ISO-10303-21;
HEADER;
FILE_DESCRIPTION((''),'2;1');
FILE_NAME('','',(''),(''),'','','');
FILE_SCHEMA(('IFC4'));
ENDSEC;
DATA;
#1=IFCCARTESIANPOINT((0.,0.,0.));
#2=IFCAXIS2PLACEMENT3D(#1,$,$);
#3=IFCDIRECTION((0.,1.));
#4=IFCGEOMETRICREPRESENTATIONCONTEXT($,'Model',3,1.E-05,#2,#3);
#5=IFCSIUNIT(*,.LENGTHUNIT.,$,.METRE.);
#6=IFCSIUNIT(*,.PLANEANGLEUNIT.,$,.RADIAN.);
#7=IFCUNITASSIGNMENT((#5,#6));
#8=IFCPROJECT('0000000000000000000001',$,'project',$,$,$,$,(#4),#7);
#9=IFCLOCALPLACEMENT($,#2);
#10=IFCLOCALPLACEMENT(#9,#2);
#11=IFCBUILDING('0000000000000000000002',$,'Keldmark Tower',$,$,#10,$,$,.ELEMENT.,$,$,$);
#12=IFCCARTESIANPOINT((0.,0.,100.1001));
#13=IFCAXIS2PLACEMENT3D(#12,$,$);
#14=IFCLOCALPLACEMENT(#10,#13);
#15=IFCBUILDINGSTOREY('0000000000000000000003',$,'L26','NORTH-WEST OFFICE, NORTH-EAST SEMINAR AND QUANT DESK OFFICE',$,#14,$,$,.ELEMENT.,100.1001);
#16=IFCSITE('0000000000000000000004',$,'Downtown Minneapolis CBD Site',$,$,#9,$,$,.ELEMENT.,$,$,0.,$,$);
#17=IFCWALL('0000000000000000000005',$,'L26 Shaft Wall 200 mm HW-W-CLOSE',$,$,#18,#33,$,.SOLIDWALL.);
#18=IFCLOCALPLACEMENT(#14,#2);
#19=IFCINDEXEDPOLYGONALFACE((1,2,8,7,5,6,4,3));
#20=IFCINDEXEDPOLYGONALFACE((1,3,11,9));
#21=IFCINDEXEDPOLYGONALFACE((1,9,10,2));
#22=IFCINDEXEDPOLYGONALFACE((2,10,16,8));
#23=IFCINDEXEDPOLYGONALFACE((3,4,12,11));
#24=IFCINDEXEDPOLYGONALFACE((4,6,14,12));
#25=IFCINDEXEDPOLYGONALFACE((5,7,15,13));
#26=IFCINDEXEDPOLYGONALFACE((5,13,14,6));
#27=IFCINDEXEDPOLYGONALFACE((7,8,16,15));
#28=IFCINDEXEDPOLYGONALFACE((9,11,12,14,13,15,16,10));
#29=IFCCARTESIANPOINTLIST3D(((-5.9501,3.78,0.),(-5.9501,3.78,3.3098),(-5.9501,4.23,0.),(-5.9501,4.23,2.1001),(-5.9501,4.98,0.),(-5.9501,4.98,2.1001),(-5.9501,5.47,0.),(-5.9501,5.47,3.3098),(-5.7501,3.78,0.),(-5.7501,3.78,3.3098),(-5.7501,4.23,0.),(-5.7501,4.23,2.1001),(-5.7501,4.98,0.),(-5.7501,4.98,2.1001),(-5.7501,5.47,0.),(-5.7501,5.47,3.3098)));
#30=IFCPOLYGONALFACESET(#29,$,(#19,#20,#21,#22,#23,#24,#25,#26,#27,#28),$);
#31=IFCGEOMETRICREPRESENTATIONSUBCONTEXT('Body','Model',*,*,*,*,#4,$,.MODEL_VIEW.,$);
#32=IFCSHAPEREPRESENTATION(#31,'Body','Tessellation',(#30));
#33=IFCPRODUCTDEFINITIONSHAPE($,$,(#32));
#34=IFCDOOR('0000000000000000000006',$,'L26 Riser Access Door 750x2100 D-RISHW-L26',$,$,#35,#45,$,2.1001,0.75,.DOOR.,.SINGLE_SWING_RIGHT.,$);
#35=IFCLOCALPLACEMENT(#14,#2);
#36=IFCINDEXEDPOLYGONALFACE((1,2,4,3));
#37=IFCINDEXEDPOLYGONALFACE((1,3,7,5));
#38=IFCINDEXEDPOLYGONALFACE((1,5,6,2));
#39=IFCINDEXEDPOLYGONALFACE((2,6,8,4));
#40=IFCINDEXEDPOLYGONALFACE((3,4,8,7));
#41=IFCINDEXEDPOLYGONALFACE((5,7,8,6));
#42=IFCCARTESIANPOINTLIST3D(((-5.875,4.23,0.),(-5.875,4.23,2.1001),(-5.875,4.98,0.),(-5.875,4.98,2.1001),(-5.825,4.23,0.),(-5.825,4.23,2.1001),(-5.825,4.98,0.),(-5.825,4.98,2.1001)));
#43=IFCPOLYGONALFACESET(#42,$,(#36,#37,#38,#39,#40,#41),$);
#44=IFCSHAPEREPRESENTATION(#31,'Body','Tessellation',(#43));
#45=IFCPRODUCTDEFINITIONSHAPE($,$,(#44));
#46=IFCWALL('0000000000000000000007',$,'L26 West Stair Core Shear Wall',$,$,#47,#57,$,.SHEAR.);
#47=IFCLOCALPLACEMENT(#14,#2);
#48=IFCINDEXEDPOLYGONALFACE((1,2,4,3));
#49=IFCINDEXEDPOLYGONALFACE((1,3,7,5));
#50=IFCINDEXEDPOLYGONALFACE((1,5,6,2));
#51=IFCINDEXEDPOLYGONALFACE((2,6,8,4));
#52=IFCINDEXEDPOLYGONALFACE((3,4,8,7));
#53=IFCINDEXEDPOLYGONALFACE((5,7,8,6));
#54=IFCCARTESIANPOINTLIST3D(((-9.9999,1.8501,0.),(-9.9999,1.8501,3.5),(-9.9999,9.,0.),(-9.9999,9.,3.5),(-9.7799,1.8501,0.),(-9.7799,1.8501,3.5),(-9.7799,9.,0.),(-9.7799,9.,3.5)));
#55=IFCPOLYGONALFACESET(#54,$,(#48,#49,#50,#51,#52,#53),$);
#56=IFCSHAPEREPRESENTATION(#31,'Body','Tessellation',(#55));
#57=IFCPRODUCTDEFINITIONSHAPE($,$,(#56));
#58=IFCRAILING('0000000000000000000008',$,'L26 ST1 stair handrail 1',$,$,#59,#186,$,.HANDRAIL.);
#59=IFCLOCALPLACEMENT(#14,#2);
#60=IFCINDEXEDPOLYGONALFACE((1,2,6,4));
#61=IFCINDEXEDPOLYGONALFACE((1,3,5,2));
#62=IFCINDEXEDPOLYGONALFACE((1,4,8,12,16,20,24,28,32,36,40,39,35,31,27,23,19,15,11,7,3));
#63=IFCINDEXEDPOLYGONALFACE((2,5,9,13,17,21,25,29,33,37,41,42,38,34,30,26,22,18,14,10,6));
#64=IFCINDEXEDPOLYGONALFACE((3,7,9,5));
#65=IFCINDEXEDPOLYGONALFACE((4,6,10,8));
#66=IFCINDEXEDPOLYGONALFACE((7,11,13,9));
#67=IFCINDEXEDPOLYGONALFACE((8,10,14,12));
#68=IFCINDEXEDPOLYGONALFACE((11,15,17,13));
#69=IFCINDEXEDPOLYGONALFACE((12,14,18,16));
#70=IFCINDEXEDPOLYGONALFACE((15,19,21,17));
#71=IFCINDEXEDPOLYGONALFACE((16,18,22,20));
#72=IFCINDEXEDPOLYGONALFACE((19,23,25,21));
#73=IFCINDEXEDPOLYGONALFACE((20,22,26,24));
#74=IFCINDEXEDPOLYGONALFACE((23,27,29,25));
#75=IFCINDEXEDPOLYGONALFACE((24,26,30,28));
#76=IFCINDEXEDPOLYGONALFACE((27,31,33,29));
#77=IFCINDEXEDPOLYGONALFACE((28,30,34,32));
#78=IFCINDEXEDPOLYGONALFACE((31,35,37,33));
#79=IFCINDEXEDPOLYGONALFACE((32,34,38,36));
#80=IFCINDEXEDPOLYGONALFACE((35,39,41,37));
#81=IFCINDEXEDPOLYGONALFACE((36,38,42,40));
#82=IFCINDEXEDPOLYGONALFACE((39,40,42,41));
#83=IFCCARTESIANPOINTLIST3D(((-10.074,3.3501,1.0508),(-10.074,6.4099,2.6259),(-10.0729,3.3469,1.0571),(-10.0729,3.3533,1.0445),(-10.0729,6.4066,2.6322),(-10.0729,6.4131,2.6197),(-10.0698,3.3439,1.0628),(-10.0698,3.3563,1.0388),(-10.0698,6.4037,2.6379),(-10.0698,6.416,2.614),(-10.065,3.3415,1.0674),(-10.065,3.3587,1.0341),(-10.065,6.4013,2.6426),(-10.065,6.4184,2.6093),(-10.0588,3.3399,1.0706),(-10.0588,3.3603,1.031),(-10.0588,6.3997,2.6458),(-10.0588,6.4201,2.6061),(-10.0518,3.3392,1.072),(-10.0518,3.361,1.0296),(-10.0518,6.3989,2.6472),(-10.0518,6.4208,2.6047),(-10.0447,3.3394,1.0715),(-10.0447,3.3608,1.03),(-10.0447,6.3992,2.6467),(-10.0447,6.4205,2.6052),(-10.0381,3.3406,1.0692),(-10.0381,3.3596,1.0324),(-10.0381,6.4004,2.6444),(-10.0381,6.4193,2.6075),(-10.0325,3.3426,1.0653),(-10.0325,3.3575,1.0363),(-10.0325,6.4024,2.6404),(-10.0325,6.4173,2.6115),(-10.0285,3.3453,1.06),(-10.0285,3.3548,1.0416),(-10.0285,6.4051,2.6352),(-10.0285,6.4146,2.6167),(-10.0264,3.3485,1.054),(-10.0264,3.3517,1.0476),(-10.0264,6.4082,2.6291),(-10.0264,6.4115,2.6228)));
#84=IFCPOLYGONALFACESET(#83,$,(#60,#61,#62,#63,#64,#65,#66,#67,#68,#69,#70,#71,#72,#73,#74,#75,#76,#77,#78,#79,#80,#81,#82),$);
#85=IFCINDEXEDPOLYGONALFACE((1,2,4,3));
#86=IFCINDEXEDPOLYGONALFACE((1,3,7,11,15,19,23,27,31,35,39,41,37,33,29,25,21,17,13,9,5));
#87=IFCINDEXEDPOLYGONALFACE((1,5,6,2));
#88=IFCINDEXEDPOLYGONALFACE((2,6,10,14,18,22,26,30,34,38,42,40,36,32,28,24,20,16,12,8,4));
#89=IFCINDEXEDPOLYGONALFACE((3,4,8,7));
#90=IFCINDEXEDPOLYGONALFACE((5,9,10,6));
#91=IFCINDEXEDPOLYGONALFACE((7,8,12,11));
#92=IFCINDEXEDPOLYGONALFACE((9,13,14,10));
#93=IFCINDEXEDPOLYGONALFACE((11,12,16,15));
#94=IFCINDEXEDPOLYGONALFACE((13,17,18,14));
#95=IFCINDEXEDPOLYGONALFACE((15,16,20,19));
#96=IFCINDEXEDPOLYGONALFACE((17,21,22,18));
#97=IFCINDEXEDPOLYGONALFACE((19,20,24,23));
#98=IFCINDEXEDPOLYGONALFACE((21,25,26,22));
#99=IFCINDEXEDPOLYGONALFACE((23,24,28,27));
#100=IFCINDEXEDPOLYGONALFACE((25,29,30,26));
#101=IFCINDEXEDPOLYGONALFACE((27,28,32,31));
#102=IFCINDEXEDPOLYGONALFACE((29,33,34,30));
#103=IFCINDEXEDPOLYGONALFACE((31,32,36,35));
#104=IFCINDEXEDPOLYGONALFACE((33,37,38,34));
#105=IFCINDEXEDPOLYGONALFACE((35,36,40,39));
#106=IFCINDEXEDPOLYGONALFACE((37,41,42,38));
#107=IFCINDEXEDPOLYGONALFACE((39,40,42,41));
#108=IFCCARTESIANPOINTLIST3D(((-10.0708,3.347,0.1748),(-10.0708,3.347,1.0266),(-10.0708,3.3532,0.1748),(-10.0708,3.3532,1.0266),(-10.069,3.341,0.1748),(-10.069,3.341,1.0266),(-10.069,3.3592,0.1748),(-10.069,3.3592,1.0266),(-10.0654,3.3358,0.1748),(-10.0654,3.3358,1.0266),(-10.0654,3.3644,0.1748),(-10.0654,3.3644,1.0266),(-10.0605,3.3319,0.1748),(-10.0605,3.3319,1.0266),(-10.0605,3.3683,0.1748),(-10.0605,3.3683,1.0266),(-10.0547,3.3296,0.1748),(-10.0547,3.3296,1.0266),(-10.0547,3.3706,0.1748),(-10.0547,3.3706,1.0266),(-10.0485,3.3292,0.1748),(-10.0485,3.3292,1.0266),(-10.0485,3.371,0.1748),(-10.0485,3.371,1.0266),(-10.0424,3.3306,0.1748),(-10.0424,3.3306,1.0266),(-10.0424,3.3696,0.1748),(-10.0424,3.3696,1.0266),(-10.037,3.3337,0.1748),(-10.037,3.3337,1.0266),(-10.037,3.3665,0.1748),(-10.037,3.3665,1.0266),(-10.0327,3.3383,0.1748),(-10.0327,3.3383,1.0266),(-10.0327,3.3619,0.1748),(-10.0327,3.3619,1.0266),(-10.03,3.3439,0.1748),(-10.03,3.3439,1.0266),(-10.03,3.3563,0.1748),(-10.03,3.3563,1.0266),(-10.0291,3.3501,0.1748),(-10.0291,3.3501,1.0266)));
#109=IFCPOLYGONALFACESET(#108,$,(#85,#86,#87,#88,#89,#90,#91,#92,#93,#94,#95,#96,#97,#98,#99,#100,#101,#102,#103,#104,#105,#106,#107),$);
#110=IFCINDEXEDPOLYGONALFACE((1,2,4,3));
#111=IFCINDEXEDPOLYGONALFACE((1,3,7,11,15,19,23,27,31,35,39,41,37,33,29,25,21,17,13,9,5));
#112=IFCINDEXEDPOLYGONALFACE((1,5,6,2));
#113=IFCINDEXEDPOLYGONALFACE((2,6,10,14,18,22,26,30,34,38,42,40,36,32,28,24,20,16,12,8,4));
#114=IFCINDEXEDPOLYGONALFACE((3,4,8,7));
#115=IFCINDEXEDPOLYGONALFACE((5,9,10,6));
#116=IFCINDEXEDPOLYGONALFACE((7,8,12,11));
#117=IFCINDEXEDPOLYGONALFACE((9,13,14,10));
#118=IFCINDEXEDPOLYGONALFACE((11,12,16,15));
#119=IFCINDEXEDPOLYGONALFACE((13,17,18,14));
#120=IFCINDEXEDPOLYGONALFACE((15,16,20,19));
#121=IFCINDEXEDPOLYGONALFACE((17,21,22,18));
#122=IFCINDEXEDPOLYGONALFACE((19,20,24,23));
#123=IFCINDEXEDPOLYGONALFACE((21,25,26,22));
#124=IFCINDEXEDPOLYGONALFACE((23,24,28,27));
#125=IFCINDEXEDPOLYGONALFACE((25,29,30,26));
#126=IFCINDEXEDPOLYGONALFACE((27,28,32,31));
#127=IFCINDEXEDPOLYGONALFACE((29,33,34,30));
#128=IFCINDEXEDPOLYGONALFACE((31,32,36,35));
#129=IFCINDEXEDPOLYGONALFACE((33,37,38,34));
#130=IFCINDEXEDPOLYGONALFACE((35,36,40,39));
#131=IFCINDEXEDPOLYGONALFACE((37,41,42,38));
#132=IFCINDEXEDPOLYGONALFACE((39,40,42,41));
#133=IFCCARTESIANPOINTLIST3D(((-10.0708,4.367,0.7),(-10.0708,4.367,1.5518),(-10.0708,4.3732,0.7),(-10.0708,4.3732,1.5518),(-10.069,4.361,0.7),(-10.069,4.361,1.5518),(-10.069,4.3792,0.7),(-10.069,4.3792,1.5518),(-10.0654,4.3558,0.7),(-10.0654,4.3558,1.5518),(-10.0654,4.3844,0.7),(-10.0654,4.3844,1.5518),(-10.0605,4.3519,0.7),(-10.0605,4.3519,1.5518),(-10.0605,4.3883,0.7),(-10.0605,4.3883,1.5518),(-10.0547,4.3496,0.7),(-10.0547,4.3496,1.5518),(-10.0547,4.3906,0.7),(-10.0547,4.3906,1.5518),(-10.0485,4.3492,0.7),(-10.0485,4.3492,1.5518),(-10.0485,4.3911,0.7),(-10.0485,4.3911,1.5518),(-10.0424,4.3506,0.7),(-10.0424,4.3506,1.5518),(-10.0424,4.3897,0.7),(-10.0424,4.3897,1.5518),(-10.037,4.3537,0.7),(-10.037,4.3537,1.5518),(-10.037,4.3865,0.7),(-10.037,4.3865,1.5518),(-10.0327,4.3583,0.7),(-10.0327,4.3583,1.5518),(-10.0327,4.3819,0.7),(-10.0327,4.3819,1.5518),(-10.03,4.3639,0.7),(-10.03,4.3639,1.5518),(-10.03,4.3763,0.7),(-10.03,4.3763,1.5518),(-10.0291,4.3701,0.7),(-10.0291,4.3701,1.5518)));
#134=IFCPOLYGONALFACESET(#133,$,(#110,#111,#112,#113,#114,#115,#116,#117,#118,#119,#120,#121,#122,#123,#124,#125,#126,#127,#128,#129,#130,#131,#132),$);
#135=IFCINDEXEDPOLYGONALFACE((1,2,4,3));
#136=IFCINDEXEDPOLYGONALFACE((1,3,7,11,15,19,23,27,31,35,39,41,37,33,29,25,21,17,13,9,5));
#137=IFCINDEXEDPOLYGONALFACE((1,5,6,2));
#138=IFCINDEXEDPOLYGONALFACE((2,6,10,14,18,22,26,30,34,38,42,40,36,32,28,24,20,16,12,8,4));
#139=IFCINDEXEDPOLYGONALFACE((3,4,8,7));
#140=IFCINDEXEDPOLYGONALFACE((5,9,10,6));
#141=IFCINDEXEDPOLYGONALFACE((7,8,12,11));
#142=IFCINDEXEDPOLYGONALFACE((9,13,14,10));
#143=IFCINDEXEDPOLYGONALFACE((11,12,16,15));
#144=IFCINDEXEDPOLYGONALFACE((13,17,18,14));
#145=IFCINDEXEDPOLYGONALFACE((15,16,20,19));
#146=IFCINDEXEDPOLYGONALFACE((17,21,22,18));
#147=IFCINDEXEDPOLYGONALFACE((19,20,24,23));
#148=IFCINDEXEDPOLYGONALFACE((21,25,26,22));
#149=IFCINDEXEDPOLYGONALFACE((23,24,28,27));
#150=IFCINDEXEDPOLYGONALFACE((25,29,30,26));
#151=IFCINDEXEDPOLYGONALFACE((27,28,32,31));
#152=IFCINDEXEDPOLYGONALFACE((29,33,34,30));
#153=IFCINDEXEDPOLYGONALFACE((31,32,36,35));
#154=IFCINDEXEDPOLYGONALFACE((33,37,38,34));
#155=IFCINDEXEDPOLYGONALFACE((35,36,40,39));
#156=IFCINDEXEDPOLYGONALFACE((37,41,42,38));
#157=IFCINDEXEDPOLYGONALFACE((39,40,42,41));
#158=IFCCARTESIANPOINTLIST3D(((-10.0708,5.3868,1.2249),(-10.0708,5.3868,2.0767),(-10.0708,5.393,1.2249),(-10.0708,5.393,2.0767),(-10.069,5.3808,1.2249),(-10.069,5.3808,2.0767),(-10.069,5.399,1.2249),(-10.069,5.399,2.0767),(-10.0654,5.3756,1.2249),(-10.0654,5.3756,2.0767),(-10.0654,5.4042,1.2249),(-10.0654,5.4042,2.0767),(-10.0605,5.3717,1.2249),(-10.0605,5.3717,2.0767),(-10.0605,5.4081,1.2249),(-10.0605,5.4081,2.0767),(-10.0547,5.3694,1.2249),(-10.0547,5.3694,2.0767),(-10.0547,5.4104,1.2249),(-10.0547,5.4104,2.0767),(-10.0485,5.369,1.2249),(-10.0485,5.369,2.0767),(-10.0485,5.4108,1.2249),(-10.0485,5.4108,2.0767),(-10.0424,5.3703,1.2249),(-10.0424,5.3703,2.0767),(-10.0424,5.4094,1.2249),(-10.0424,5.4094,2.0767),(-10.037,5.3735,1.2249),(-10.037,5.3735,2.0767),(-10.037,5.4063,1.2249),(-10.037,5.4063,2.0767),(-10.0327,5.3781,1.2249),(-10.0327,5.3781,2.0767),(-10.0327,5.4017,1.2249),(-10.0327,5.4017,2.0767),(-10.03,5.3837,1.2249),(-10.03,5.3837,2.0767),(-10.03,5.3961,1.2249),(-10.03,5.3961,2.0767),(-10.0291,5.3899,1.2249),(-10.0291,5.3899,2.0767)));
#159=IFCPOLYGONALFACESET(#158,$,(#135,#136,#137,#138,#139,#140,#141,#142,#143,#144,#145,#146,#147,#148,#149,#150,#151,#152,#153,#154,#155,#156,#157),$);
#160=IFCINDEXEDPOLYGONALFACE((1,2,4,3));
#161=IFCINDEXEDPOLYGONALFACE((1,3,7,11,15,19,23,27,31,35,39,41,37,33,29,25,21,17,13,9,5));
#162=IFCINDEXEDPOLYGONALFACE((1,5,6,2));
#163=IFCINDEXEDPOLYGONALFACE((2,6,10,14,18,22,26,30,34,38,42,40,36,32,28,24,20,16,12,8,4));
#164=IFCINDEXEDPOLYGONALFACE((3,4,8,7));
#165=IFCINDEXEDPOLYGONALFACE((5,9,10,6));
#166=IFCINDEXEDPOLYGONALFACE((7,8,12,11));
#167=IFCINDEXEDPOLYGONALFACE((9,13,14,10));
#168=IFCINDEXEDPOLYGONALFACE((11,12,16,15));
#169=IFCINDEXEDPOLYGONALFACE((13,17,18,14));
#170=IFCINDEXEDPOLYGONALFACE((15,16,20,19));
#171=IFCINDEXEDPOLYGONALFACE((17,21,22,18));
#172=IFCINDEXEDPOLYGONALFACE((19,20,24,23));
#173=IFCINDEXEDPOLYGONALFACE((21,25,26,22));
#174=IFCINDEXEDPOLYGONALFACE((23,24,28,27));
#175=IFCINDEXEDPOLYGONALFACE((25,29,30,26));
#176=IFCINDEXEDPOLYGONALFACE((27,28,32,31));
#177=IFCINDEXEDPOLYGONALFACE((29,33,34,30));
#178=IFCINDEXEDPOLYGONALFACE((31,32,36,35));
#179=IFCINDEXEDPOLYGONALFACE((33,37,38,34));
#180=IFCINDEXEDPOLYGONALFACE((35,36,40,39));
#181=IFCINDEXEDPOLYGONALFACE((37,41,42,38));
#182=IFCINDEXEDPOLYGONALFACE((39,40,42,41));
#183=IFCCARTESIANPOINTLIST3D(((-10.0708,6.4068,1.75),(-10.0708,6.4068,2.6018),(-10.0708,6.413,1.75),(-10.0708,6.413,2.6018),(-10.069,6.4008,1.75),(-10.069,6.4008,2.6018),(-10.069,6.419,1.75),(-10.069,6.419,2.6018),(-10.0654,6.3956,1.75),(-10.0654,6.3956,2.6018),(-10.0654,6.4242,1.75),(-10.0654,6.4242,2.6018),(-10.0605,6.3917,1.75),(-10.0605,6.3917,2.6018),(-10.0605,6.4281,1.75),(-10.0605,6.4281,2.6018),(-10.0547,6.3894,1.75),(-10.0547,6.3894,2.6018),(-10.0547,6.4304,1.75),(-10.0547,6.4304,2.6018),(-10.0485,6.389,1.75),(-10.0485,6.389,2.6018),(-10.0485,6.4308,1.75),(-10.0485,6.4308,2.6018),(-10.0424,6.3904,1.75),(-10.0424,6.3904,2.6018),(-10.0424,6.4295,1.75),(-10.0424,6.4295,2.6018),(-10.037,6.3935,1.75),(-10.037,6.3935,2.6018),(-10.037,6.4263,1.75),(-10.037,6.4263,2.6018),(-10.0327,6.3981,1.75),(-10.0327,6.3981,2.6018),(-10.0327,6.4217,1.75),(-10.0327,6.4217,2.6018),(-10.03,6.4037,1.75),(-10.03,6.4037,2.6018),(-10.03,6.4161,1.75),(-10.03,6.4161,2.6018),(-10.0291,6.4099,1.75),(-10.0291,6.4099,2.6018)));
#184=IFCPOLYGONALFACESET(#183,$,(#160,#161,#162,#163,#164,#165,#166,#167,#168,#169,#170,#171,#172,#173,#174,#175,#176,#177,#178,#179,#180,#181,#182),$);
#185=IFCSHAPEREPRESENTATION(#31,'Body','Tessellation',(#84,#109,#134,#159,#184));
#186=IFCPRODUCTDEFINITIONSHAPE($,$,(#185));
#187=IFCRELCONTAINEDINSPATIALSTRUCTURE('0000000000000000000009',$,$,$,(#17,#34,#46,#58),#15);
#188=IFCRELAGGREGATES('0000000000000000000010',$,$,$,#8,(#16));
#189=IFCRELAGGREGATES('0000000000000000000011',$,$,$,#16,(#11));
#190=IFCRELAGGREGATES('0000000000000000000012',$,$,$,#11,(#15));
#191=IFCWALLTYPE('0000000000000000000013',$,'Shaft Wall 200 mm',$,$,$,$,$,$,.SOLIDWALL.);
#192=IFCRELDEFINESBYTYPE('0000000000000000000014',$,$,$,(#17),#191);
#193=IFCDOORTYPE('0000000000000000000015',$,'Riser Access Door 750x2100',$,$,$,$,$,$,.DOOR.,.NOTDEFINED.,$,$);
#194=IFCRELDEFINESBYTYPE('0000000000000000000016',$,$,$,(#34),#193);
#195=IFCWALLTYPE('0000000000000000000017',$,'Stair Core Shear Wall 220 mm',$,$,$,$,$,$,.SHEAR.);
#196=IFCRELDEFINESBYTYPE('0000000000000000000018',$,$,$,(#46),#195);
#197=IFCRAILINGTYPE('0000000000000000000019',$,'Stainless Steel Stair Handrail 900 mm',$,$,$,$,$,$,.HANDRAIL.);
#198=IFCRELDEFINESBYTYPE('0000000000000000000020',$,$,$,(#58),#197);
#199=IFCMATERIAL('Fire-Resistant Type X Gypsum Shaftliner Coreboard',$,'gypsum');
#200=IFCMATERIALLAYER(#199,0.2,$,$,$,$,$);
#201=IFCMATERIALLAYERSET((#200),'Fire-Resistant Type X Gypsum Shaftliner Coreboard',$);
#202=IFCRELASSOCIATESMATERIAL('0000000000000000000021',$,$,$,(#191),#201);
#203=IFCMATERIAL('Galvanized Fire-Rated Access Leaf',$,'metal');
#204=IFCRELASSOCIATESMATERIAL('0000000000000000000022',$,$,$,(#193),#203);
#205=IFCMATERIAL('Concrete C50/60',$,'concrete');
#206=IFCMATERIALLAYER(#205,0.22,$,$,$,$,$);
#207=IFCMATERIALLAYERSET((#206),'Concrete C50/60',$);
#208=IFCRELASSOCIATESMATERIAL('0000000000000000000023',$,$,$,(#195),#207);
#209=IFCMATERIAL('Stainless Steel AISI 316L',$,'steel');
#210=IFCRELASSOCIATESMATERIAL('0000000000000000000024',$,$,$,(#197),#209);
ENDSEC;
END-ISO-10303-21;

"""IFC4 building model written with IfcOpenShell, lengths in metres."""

from ifc_helpers import new_model, si_unit, direction, frame, frame_2d, origin, origin_2d, place, context, subcontext, project, spatial, rectangle, circle, extrude, material, layer, layer_set, type_object, element, fill, save


model = new_model("IFC4")

# Units and contexts
model_context = context("Model", 3, precision=1e-05, world=origin(), true_north=direction((0.0, 1.0)))
body_context = subcontext(model_context, "Body", "Model", "MODEL_VIEW")
ifc_project = project(units=[si_unit("LENGTHUNIT", "METRE"), si_unit("PLANEANGLEUNIT", "RADIAN")], contexts=[model_context])

# Site, building, storey
site_placement = place(None, origin())
site = spatial("IfcSite", under=ifc_project, at=site_placement, Name="Downtown Minneapolis CBD Site", CompositionType="ELEMENT", RefElevation=0.0)
building_placement = place(site_placement, origin())
building = spatial("IfcBuilding", under=site, at=building_placement, Name="Keldmark Tower", CompositionType="ELEMENT")
storey_placement = place(building_placement, frame((0.0, 0.0, 100.1001)))
storey = spatial("IfcBuildingStorey", under=building, at=storey_placement, Name="L26", Description="NORTH-WEST OFFICE, NORTH-EAST SEMINAR AND QUANT DESK OFFICE", CompositionType="ELEMENT", Elevation=100.1001)

# Shared definitions
ifc_material_1 = material(Name="Fire-Resistant Type X Gypsum Shaftliner Coreboard", Category="gypsum")
ifc_layer_1 = layer(ifc_material_1, 0.2)
ifc_layer_set_1 = layer_set([ifc_layer_1], Name="Fire-Resistant Type X Gypsum Shaftliner Coreboard")
wall_type_1 = type_object("IfcWallType", Name="Shaft Wall 200 mm", PredefinedType="SOLIDWALL", material=ifc_layer_set_1)

# Wall, opening, door
wall_1_placement = place(storey_placement, frame((-5.8501, 3.78, 0.0), z_axis=(0.0, 0.0, 1.0), x_axis=(0.0, 1.0, 0.0)))
wall_1 = element("IfcWall", 1, at=wall_1_placement, inside=storey, type_object=wall_type_1, Name="L26 Shaft Wall 200 mm HW-W-CLOSE", PredefinedType="SOLIDWALL", context=body_context, shape_type="SweptSolid", body=[
    extrude(rectangle(XDim=1.6899, YDim=0.2, at=frame_2d((0.845, 0.0))), origin(), (0.0, 0.0, 1.0), 3.3098),
])
opening_placement = place(wall_1_placement, frame((0.45, 0.0, 0.0)))
opening = element("IfcOpeningElement", 2, at=opening_placement, cuts=wall_1, PredefinedType="OPENING", context=body_context, shape_type="SweptSolid", body=[
    extrude(rectangle(XDim=0.75, YDim=2.1001, at=frame_2d((0.375, 1.05))), frame((0.0, 0.1099, 0.0), z_axis=(0.0, -1.0, 0.0), x_axis=(1.0, 0.0, 0.0)), (0.0, 0.0, 1.0), 0.22),
])
ifc_material_2 = material(Name="Galvanized Fire-Rated Access Leaf", Category="metal")
door_type = type_object("IfcDoorType", Name="Riser Access Door 750x2100", OperationType="NOTDEFINED", PredefinedType="DOOR", material=ifc_material_2)
door_placement = place(opening_placement, origin())
door = element("IfcDoor", 3, at=door_placement, inside=storey, type_object=door_type, Name="L26 Riser Access Door 750x2100 D-RISHW-L26", OperationType="SINGLE_SWING_RIGHT", OverallHeight=2.1001, OverallWidth=0.75, PredefinedType="DOOR", context=body_context, shape_type="SweptSolid", body=[
    extrude(rectangle(XDim=0.75, YDim=2.1001, at=frame_2d((0.375, 1.05))), frame((0.0, 0.0249, 0.0), z_axis=(0.0, -1.0, 0.0), x_axis=(1.0, 0.0, 0.0)), (0.0, 0.0, 1.0), 0.05),
])
fill(opening, door)

# Wall
ifc_material_3 = material(Name="Concrete C50/60", Category="concrete")
ifc_layer_2 = layer(ifc_material_3, 0.22)
ifc_layer_set_2 = layer_set([ifc_layer_2], Name="Concrete C50/60")
wall_type_2 = type_object("IfcWallType", Name="Stair Core Shear Wall 220 mm", PredefinedType="SHEAR", material=ifc_layer_set_2)
wall_2_placement = place(storey_placement, frame((-9.8899, 1.8501, 0.0), z_axis=(0.0, 0.0, 1.0), x_axis=(0.0, 1.0, 0.0)))
element("IfcWall", 4, at=wall_2_placement, inside=storey, type_object=wall_type_2, Name="L26 West Stair Core Shear Wall", PredefinedType="SHEAR", context=body_context, shape_type="SweptSolid", body=[
    extrude(rectangle(XDim=7.1499, YDim=0.22, at=frame_2d((3.575, 0.0))), origin(), (0.0, 0.0, 1.0), 3.5),
])

# Railing
ifc_material_4 = material(Name="Stainless Steel AISI 316L", Category="steel")
railing_type = type_object("IfcRailingType", Name="Stainless Steel Stair Handrail 900 mm", PredefinedType="HANDRAIL", material=ifc_material_4)
railing_placement = place(storey_placement, frame((-10.05, 3.3501, 0.1748)))
element("IfcRailing", 5, at=railing_placement, inside=storey, type_object=railing_type, Name="L26 ST1 stair handrail 1", PredefinedType="HANDRAIL", context=body_context, shape_type="SweptSolid", body=[
    extrude(circle(Radius=0.0239, at=origin_2d()), frame((0.0, 0.0, 0.876), z_axis=(0.0, 0.889101, 0.45771), x_axis=(-1.0, 0.0, 0.0)), (0.0, 0.0, 1.0), 3.4414),
    extrude(circle(Radius=0.021, at=origin_2d()), origin(), (0.0, 0.0, 1.0), 0.8518),
    extrude(circle(Radius=0.021, at=origin_2d()), frame((0.0, 1.02, 0.5251)), (0.0, 0.0, 1.0), 0.8518),
    extrude(circle(Radius=0.021, at=origin_2d()), frame((0.0, 2.0398, 1.05)), (0.0, 0.0, 1.0), 0.8518),
    extrude(circle(Radius=0.021, at=origin_2d()), frame((0.0, 3.0598, 1.5752)), (0.0, 0.0, 1.0), 0.8518),
])

save(model, "model.ifc")
